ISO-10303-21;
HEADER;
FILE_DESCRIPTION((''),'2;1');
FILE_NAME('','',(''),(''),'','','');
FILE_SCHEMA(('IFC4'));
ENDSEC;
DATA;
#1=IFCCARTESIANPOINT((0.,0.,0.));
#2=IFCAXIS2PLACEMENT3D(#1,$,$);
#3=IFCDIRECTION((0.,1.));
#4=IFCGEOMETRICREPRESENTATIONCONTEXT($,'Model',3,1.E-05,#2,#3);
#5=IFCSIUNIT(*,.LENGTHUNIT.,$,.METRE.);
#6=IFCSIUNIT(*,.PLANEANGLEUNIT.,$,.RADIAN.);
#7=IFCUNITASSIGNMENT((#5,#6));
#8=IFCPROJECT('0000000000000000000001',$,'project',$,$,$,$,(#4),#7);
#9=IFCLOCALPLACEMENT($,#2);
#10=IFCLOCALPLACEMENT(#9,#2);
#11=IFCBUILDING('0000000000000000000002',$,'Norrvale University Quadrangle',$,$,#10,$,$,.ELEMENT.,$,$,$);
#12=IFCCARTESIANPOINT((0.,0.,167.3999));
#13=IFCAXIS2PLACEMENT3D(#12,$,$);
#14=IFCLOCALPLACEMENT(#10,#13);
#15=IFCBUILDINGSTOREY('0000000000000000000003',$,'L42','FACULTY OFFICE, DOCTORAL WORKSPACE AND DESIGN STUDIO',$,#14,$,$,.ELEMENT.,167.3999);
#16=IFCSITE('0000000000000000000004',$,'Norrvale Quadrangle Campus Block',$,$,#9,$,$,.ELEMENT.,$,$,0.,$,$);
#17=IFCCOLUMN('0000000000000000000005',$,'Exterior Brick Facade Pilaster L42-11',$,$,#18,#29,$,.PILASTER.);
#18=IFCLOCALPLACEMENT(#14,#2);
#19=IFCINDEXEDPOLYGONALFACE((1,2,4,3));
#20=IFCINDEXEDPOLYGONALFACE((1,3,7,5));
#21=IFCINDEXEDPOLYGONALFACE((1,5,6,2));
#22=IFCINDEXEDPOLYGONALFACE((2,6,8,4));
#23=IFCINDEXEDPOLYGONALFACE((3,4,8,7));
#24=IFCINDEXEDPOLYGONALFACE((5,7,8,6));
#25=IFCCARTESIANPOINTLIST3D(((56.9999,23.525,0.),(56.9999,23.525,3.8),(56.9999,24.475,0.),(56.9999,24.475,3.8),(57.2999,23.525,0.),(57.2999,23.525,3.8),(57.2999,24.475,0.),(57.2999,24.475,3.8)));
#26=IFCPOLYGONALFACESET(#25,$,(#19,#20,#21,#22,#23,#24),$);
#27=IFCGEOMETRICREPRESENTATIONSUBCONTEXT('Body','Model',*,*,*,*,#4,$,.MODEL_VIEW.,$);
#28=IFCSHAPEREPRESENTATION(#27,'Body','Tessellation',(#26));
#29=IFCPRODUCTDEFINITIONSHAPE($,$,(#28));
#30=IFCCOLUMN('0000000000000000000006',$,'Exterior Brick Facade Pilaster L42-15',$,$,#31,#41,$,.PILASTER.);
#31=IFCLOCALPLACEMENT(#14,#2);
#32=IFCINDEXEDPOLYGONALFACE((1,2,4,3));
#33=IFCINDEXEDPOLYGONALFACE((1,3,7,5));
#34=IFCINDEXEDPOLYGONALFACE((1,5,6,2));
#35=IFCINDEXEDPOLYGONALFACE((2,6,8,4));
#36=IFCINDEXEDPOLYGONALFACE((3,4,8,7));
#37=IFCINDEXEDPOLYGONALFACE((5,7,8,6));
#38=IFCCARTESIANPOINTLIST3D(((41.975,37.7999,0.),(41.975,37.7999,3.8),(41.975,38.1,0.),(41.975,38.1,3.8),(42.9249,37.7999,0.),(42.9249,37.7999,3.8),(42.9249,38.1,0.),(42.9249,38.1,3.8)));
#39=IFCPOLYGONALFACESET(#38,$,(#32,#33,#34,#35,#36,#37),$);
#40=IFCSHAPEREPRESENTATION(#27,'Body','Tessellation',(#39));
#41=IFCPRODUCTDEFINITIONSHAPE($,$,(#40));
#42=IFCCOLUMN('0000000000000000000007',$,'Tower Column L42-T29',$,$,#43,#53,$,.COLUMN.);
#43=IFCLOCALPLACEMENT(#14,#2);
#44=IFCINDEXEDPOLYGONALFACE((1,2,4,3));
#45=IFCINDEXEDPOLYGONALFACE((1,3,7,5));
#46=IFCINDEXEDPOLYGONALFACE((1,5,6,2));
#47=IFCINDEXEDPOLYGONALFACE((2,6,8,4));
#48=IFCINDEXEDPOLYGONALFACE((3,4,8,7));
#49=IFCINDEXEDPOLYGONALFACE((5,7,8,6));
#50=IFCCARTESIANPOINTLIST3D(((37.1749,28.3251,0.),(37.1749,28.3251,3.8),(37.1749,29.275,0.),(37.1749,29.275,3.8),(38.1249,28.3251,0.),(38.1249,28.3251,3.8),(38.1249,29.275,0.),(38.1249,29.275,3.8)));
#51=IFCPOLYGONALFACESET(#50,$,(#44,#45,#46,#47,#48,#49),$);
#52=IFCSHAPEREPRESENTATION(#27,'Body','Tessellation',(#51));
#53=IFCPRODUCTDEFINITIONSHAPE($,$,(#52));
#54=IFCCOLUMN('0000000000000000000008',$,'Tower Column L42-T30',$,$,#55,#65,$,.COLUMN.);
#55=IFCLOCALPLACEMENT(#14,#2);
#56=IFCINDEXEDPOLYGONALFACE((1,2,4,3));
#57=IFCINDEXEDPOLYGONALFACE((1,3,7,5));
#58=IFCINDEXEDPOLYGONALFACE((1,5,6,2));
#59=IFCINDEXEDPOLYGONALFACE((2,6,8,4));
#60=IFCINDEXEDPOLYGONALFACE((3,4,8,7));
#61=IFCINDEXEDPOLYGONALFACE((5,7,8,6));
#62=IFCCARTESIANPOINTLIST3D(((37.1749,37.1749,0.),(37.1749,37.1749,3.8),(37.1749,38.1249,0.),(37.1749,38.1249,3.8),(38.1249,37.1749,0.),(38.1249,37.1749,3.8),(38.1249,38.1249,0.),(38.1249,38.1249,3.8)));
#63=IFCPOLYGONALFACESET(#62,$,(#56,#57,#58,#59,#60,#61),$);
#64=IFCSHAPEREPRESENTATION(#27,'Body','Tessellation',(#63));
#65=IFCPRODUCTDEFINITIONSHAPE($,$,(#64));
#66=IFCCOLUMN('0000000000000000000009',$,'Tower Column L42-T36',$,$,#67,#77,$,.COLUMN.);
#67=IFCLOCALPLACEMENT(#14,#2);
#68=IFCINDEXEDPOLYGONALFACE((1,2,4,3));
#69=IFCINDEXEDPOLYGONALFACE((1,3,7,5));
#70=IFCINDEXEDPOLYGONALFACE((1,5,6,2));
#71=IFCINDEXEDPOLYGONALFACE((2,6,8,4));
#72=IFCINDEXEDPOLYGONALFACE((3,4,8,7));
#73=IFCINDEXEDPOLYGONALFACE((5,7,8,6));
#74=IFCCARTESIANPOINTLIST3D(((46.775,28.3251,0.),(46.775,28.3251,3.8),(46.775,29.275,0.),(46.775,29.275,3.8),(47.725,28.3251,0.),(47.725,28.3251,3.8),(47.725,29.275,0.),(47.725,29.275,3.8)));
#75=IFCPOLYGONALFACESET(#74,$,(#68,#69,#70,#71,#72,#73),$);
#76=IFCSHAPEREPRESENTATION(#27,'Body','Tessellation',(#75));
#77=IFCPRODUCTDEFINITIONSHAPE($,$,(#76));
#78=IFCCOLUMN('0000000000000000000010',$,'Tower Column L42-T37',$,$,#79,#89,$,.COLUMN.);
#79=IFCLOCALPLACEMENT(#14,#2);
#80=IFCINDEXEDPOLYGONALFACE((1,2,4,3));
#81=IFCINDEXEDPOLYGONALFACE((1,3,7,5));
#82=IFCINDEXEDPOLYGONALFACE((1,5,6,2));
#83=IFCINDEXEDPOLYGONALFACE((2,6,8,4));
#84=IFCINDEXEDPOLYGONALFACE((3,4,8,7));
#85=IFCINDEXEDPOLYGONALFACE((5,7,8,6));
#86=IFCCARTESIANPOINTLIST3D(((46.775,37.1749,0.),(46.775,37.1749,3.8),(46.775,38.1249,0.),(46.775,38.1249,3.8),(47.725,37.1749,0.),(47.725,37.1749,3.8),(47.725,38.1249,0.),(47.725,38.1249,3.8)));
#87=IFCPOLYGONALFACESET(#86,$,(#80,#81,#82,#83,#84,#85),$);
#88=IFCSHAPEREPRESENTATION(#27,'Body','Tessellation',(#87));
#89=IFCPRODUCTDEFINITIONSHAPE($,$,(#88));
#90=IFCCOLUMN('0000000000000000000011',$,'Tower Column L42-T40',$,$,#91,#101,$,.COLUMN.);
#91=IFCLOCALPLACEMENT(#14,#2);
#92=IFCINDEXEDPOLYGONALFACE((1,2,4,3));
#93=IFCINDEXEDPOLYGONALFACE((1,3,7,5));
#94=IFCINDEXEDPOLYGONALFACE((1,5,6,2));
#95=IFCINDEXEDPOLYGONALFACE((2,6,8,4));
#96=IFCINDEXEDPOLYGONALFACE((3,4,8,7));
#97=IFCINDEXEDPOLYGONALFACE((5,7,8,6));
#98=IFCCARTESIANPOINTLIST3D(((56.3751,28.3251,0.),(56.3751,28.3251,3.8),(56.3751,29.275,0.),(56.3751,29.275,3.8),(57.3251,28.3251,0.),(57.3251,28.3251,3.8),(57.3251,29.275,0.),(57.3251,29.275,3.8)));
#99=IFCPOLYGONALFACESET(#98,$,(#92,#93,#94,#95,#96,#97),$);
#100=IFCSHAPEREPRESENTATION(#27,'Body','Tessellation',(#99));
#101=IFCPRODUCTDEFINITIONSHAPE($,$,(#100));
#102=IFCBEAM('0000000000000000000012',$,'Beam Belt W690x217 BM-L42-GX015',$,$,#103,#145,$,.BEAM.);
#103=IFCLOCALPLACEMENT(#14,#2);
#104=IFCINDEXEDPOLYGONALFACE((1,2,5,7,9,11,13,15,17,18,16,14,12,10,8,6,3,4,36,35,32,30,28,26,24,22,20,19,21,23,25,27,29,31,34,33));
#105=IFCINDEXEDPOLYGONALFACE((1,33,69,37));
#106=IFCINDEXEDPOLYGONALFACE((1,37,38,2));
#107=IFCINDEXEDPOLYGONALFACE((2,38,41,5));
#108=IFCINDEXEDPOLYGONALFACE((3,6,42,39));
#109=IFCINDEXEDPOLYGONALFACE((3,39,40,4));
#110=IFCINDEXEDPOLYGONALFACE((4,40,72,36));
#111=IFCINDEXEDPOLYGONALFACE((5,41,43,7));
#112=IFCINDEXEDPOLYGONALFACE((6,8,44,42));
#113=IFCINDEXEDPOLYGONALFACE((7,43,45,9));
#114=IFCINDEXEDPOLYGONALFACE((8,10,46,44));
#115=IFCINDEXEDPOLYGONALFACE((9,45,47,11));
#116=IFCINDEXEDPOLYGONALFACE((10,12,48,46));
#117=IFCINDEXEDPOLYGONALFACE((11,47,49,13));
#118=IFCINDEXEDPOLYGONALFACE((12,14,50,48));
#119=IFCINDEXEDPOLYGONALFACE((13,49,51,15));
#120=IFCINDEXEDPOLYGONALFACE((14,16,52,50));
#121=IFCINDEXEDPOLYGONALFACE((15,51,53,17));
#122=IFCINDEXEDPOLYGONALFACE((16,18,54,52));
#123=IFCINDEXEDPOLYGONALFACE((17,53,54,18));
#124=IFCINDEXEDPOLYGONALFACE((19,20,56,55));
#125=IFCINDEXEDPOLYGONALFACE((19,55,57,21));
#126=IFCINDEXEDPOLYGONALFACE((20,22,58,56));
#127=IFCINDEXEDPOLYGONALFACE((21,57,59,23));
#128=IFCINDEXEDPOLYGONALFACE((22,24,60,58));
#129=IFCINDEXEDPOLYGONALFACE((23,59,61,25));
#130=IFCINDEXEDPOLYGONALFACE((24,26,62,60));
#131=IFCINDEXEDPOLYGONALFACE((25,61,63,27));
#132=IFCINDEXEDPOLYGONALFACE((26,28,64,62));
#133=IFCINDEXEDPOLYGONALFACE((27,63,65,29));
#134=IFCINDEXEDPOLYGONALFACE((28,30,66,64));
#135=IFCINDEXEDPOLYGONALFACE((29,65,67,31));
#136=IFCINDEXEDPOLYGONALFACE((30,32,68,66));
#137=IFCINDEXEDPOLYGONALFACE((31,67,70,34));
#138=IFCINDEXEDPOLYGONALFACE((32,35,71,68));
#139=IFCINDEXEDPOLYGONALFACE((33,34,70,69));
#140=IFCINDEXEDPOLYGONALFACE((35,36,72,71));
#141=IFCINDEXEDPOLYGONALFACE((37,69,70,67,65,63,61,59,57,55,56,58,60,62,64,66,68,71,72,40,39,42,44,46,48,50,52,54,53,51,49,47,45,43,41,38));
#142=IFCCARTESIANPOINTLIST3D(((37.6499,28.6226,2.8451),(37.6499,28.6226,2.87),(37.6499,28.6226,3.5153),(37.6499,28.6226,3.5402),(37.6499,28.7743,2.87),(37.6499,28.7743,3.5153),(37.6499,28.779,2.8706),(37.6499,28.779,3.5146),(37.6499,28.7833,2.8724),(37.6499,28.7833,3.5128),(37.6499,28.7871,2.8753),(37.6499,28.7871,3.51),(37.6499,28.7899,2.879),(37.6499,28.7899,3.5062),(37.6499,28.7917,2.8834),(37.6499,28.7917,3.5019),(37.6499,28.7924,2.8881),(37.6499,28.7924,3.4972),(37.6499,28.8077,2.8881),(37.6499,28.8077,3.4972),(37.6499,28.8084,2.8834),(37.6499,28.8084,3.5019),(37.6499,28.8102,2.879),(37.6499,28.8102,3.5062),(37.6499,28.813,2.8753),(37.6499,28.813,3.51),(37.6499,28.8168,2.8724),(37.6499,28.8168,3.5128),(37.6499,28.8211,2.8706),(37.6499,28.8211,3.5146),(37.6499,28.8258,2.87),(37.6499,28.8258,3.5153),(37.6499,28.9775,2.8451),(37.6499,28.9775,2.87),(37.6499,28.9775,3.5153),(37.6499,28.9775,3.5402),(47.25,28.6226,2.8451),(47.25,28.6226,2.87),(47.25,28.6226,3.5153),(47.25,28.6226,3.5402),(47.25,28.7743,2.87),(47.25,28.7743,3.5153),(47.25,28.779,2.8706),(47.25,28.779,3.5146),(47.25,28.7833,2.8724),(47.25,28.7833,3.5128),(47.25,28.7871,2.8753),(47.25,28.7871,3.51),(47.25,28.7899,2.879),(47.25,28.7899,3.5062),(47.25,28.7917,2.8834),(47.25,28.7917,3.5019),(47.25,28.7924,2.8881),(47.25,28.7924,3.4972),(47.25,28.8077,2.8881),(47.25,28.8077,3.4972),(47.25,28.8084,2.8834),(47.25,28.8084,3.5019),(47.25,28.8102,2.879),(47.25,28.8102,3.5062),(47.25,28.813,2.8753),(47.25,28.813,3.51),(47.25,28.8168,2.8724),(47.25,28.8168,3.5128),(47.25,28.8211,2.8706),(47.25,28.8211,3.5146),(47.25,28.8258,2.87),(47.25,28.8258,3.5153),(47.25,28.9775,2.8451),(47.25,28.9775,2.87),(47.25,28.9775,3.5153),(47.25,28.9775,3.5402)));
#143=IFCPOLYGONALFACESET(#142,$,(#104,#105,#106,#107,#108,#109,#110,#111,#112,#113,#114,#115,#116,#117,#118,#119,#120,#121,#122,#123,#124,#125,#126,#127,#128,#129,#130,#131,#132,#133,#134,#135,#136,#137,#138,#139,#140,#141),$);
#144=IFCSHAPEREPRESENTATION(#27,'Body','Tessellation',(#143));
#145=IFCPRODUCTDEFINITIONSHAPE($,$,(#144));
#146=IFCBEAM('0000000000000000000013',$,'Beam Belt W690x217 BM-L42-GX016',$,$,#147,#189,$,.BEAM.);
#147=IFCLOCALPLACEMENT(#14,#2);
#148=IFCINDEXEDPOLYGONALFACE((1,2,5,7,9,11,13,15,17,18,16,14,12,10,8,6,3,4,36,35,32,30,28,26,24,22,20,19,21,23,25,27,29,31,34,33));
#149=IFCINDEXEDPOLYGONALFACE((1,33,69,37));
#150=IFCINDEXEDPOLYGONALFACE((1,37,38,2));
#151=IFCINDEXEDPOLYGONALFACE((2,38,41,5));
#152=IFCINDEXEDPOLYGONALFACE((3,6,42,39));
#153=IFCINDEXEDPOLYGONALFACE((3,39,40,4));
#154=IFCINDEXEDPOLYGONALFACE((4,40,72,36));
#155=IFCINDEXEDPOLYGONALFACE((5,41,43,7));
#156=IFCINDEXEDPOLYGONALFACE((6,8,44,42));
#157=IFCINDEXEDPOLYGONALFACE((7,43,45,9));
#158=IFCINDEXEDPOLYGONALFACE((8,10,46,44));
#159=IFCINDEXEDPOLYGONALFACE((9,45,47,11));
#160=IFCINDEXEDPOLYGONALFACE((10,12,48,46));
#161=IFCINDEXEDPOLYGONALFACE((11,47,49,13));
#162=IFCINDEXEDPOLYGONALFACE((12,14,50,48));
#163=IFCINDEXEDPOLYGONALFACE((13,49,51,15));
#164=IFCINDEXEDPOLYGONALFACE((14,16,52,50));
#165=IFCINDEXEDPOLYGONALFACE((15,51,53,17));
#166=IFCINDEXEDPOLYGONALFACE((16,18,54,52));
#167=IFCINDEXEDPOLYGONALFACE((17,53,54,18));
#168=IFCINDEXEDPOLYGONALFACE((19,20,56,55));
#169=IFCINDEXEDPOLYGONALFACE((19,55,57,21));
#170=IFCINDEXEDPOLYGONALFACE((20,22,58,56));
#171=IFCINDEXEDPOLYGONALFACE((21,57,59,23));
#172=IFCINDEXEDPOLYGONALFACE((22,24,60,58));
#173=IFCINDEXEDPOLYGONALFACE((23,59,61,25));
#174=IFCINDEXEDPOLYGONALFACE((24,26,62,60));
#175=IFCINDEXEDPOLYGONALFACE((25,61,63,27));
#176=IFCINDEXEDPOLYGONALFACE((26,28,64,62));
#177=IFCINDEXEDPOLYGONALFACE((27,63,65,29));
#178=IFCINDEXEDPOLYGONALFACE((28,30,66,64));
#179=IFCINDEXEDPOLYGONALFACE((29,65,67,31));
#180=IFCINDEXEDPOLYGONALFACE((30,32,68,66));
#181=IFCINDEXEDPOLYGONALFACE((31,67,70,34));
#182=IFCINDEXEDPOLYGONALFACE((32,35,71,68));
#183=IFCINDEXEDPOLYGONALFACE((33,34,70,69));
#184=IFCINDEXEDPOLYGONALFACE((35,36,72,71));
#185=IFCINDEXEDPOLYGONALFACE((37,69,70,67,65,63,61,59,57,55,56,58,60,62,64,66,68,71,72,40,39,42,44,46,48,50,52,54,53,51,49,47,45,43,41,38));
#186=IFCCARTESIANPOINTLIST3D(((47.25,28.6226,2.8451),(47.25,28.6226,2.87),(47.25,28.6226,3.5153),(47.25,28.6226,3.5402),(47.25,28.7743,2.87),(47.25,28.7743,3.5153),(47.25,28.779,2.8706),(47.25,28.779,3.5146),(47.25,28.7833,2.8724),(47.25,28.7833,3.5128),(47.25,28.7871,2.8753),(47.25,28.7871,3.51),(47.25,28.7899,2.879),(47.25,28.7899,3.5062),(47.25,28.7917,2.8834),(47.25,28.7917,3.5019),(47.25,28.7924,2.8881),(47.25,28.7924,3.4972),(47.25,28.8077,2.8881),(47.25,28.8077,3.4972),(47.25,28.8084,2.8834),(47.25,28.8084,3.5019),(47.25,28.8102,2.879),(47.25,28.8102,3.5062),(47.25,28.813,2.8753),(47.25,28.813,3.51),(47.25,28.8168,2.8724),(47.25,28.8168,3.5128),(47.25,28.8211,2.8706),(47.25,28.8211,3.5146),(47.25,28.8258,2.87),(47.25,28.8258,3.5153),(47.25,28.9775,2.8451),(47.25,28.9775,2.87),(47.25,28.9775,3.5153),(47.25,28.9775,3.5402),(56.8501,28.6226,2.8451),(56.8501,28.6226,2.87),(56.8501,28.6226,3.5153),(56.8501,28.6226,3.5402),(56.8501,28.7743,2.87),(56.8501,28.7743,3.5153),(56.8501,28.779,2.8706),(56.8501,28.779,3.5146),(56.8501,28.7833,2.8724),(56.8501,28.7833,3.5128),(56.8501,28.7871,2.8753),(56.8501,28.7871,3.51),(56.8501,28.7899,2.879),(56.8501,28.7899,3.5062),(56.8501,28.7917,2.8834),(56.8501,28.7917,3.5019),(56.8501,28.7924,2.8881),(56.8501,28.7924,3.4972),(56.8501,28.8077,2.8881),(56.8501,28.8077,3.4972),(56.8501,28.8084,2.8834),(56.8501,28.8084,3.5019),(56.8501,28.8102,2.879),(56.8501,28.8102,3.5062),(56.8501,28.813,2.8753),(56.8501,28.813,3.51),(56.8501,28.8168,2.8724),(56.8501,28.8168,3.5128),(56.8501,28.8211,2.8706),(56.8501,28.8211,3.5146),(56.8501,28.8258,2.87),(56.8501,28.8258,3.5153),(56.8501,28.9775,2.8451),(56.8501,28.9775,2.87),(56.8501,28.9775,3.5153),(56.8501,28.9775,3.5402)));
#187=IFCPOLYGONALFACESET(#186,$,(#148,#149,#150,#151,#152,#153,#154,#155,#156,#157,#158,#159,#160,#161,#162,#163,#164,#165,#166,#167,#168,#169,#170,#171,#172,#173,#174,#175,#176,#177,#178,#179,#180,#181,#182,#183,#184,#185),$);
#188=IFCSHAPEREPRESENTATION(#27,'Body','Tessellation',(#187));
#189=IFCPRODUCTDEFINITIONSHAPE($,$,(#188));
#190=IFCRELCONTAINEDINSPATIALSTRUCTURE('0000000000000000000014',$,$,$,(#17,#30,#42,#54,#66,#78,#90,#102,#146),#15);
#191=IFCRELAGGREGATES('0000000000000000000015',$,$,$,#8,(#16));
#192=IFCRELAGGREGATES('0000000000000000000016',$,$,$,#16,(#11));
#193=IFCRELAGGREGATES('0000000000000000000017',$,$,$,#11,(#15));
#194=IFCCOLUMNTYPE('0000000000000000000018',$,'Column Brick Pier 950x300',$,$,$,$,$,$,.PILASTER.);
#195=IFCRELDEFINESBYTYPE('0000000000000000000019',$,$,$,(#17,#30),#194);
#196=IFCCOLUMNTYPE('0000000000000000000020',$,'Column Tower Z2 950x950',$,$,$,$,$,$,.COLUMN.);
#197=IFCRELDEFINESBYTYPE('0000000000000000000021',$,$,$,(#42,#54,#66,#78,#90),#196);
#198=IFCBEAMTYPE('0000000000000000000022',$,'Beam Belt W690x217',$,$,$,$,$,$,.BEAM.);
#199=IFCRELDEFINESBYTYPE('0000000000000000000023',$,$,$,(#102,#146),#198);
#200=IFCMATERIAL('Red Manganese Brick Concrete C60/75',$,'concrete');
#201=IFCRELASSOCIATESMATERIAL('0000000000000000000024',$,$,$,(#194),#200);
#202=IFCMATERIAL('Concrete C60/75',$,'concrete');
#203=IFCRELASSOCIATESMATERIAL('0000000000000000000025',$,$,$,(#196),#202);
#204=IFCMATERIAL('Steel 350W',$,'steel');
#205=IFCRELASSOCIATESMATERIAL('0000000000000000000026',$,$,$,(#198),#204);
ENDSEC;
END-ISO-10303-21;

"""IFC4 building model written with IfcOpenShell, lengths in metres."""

from ifc_helpers import new_model, si_unit, direction, frame, origin, origin_2d, place, context, subcontext, project, spatial, rectangle, i_section, extrude, material, material_profile, profile_set, type_object, element, save


model = new_model("IFC4")

# Units and contexts
model_context = context("Model", 3, precision=1e-05, world=origin(), true_north=direction((0.0, 1.0)))
body_context = subcontext(model_context, "Body", "Model", "MODEL_VIEW")
ifc_project = project(units=[si_unit("LENGTHUNIT", "METRE"), si_unit("PLANEANGLEUNIT", "RADIAN")], contexts=[model_context])

# Site, building, storey
site_placement = place(None, origin())
site = spatial("IfcSite", under=ifc_project, at=site_placement, Name="Norrvale Quadrangle Campus Block", CompositionType="ELEMENT", RefElevation=0.0)
building_placement = place(site_placement, origin())
building = spatial("IfcBuilding", under=site, at=building_placement, Name="Norrvale University Quadrangle", CompositionType="ELEMENT")
storey_placement = place(building_placement, frame((0.0, 0.0, 167.3999)))
storey = spatial("IfcBuildingStorey", under=building, at=storey_placement, Name="L42", Description="FACULTY OFFICE, DOCTORAL WORKSPACE AND DESIGN STUDIO", CompositionType="ELEMENT", Elevation=167.3999)

# Columns
ifc_material_1 = material(Name="Red Manganese Brick Concrete C60/75", Category="concrete")
ifc_material_profile_1 = material_profile(ifc_material_1, rectangle(XDim=0.95, YDim=0.3, at=origin_2d()), Name="Red Manganese Brick Concrete C60/75")
ifc_profile_set_1 = profile_set([ifc_material_profile_1], Name="Red Manganese Brick Concrete C60/75")
column_type_1 = type_object("IfcColumnType", Name="Column Brick Pier 950x300", PredefinedType="PILASTER", material=ifc_profile_set_1)
for number, where, z_axis, x_axis, name in (
    (1, (57.1499, 24.0, 0.0), (0.0, 0.0, 1.0), (0.0, 1.0, 0.0), "Exterior Brick Facade Pilaster L42-11"),
    (2, (42.45, 37.95, 0.0), (0.0, 0.0, 1.0), (1.0, 0.0, 0.0), "Exterior Brick Facade Pilaster L42-15"),
):
    element("IfcColumn", number, at=place(storey_placement, frame(where, z_axis=z_axis, x_axis=x_axis)), inside=storey, type_object=column_type_1, Name=name, PredefinedType="PILASTER", context=body_context, shape_type="SweptSolid", body=[
        extrude(rectangle(XDim=0.95, YDim=0.3, at=origin_2d()), origin(), (0.0, 0.0, 1.0), 3.8),
    ])
ifc_material_2 = material(Name="Concrete C60/75", Category="concrete")
ifc_material_profile_2 = material_profile(ifc_material_2, rectangle(XDim=0.95, YDim=0.95, at=origin_2d()), Name="Concrete C60/75")
ifc_profile_set_2 = profile_set([ifc_material_profile_2], Name="Concrete C60/75")
column_type_2 = type_object("IfcColumnType", Name="Column Tower Z2 950x950", PredefinedType="COLUMN", material=ifc_profile_set_2)
for number, where, z_axis, x_axis, name in (
    (3, (37.6499, 28.8, 0.0), (0.0, 0.0, 1.0), (1.0, 0.0, 0.0), "Tower Column L42-T29"),
    (4, (37.6499, 37.6499, 0.0), (0.0, 0.0, 1.0), (1.0, 0.0, 0.0), "Tower Column L42-T30"),
    (5, (47.25, 28.8, 0.0), (0.0, 0.0, 1.0), (1.0, 0.0, 0.0), "Tower Column L42-T36"),
    (6, (47.25, 37.6499, 0.0), (0.0, 0.0, 1.0), (1.0, 0.0, 0.0), "Tower Column L42-T37"),
    (7, (56.8501, 28.8, 0.0), (0.0, 0.0, 1.0), (1.0, 0.0, 0.0), "Tower Column L42-T40"),
):
    element("IfcColumn", number, at=place(storey_placement, frame(where, z_axis=z_axis, x_axis=x_axis)), inside=storey, type_object=column_type_2, Name=name, PredefinedType="COLUMN", context=body_context, shape_type="SweptSolid", body=[
        extrude(rectangle(XDim=0.95, YDim=0.95, at=origin_2d()), origin(), (0.0, 0.0, 1.0), 3.8),
    ])

# Beams
ifc_material_3 = material(Name="Steel 350W", Category="steel")
ifc_material_profile_3 = material_profile(ifc_material_3, i_section(OverallWidth=0.355, OverallDepth=0.6951, WebThickness=0.0154, FlangeThickness=0.0249, FilletRadius=0.0181, at=origin_2d()), Name="Steel 350W")
ifc_profile_set_3 = profile_set([ifc_material_profile_3], Name="Steel 350W")
beam_type_1 = type_object("IfcBeamType", Name="Beam Belt W690x217", PredefinedType="BEAM", material=ifc_profile_set_3)
for number, where, z_axis, x_axis, name in (
    (8, (37.6499, 28.8, 3.1926), (1.0, 0.0, 0.0), (0.0, 1.0, 0.0), "Beam Belt W690x217 BM-L42-GX015"),
    (9, (47.25, 28.8, 3.1926), (1.0, 0.0, 0.0), (0.0, 1.0, 0.0), "Beam Belt W690x217 BM-L42-GX016"),
):
    element("IfcBeam", number, at=place(storey_placement, frame(where, z_axis=z_axis, x_axis=x_axis)), inside=storey, type_object=beam_type_1, Name=name, PredefinedType="BEAM", context=body_context, shape_type="SweptSolid", body=[
        extrude(i_section(OverallWidth=0.355, OverallDepth=0.6951, WebThickness=0.0154, FlangeThickness=0.0249, FilletRadius=0.0181, at=origin_2d()), origin(), (0.0, 0.0, 1.0), 9.6001),
    ])

save(model, "model.ifc")
